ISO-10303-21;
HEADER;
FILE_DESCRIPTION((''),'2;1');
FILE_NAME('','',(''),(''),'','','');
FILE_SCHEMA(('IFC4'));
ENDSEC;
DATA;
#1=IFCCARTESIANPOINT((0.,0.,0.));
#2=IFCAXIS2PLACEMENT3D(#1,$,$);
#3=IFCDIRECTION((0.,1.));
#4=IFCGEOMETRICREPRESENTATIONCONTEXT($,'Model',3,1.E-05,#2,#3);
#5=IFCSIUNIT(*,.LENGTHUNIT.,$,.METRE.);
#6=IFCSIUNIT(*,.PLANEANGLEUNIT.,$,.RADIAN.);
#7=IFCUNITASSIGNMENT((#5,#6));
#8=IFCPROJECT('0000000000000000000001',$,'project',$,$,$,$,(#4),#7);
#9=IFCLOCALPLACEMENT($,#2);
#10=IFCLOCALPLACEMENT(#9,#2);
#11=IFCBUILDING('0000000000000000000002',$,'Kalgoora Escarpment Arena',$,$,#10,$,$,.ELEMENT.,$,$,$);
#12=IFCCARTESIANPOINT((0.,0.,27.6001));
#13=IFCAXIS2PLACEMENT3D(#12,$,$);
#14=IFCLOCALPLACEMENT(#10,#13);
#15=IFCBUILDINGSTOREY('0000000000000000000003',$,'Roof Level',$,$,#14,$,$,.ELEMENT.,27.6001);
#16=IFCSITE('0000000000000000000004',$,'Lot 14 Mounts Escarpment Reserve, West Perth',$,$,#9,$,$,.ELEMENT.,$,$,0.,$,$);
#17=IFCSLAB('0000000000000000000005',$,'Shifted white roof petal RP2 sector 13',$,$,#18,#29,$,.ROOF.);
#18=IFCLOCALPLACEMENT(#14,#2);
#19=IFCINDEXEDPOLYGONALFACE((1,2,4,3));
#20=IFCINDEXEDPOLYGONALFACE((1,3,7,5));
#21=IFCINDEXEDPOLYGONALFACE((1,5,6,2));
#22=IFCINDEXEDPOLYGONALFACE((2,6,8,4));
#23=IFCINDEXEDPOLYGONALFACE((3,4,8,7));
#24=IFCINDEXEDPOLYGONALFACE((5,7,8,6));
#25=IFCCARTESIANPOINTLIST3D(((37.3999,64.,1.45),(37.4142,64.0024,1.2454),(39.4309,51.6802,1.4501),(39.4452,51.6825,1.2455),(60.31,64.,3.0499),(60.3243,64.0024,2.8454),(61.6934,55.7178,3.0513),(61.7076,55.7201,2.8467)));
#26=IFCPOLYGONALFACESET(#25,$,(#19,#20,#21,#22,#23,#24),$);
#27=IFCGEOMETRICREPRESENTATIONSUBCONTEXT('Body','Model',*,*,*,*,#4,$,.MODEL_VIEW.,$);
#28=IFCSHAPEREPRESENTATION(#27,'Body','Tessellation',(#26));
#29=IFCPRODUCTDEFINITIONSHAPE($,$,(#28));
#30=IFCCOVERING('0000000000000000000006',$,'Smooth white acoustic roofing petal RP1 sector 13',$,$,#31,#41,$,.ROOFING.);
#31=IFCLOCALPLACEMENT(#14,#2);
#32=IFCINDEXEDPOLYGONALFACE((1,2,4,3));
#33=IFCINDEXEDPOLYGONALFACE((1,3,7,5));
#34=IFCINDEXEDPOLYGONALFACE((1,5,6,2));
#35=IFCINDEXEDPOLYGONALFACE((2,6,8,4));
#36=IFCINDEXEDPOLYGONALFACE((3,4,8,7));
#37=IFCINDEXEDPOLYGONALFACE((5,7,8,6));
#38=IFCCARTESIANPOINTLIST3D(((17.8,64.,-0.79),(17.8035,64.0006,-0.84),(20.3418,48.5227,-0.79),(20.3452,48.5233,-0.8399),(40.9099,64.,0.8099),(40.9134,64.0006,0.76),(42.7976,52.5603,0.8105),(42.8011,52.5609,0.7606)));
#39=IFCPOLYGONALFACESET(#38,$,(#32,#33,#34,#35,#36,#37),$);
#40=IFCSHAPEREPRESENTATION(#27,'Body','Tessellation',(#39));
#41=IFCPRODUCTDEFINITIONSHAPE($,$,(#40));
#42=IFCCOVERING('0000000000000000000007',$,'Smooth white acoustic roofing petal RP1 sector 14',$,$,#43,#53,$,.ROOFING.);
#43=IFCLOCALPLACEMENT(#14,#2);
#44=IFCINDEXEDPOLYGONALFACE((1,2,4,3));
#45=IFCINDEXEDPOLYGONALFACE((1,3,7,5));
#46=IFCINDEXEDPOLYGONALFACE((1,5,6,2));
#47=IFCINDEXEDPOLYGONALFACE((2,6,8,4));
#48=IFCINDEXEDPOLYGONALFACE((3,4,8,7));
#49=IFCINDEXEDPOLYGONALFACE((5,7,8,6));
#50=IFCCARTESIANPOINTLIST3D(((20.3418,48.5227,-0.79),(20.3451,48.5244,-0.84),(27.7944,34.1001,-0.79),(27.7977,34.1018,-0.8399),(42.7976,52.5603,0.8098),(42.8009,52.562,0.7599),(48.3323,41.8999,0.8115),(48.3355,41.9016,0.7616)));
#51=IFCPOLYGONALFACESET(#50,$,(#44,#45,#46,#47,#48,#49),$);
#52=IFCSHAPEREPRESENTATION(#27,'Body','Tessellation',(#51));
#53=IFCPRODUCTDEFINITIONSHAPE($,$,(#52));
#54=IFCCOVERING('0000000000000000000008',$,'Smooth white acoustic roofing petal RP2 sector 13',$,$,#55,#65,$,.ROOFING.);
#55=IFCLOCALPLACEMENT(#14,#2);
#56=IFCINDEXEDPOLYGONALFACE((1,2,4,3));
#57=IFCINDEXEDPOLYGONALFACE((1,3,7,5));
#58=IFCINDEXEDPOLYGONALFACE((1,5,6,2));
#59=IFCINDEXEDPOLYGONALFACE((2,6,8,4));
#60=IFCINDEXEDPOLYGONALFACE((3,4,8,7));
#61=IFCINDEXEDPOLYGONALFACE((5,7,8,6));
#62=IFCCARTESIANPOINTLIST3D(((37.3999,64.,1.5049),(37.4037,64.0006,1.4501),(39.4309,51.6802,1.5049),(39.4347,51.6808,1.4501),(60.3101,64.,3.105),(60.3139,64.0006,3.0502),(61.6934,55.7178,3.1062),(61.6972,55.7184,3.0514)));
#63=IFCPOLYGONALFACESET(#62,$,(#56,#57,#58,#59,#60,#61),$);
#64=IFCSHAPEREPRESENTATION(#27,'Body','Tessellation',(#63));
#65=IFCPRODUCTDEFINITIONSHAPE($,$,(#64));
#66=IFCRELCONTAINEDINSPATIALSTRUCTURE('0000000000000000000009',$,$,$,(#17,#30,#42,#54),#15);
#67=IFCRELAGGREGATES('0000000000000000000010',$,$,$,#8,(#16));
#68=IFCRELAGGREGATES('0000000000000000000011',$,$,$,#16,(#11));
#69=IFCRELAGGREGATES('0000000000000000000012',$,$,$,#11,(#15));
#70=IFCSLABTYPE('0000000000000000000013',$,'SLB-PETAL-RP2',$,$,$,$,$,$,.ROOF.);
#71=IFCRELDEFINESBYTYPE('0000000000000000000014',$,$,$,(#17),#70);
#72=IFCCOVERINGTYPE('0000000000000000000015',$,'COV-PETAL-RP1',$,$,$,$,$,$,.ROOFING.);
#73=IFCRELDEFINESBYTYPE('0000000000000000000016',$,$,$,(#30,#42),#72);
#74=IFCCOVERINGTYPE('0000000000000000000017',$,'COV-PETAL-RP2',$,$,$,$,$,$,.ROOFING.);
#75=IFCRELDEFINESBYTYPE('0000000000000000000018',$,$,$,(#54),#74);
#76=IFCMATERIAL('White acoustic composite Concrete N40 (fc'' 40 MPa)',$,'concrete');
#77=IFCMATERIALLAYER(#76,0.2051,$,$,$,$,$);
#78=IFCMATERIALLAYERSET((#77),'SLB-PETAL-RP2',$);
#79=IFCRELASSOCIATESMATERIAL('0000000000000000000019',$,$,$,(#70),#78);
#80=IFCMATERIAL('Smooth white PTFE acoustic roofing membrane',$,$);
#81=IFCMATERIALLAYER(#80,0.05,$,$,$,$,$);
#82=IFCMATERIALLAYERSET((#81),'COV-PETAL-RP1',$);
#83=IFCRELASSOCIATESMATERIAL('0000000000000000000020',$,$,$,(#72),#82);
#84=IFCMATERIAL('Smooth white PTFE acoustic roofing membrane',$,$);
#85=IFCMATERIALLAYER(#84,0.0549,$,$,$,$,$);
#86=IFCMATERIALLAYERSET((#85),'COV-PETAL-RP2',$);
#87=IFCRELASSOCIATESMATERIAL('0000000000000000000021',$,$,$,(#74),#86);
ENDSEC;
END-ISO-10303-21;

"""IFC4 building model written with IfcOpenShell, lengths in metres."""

from ifc_helpers import new_model, si_unit, direction, frame, origin, place, context, subcontext, project, spatial, polyline, outline, extrude, material, layer, layer_set, type_object, element, save


model = new_model("IFC4")

# Units and contexts
model_context = context("Model", 3, precision=1e-05, world=origin(), true_north=direction((0.0, 1.0)))
body_context = subcontext(model_context, "Body", "Model", "MODEL_VIEW")
ifc_project = project(units=[si_unit("LENGTHUNIT", "METRE"), si_unit("PLANEANGLEUNIT", "RADIAN")], contexts=[model_context])

# Site, building, storey
site_placement = place(None, origin())
site = spatial("IfcSite", under=ifc_project, at=site_placement, Name="Lot 14 Mounts Escarpment Reserve, West Perth", CompositionType="ELEMENT", RefElevation=0.0)
building_placement = place(site_placement, origin())
building = spatial("IfcBuilding", under=site, at=building_placement, Name="Kalgoora Escarpment Arena", CompositionType="ELEMENT")
storey_placement = place(building_placement, frame((0.0, 0.0, 27.6001)))
storey = spatial("IfcBuildingStorey", under=building, at=storey_placement, Name="Roof Level", CompositionType="ELEMENT", Elevation=27.6001)

# Slab
ifc_material_1 = material(Name="White acoustic composite Concrete N40 (fc' 40 MPa)", Category="concrete")
ifc_layer_1 = layer(ifc_material_1, 0.2051)
ifc_layer_set_1 = layer_set([ifc_layer_1], Name="SLB-PETAL-RP2")
slab_type_1 = type_object("IfcSlabType", Name="SLB-PETAL-RP2", PredefinedType="ROOF", material=ifc_layer_set_1)
slab_1_placement = place(storey_placement, frame((37.3999, 64.0, 1.45), z_axis=(-0.069663, -0.011474, 0.997505), x_axis=(0.16266, -0.986682, 0.00001)))
element("IfcSlab", 1, at=slab_1_placement, inside=storey, type_object=slab_type_1, Name="Shifted white roof petal RP2 sector 13", PredefinedType="ROOF", context=body_context, shape_type="SweptSolid", body=[
    extrude(outline(polyline([(0.0, 0.0), (12.4861, 0.0), (12.1235, 22.6793), (3.7266, 22.6616), (0.0, 0.0)])), origin(), (0.0, 0.0, -1.0), 0.2051),
])

# Coverings
ifc_material_2 = material(Name="Smooth white PTFE acoustic roofing membrane")
ifc_layer_2 = layer(ifc_material_2, 0.05)
ifc_layer_set_2 = layer_set([ifc_layer_2], Name="COV-PETAL-RP1")
covering_type_1 = type_object("IfcCoveringType", Name="COV-PETAL-RP1", PredefinedType="ROOFING", material=ifc_layer_set_2)
covering_1_placement = place(storey_placement, frame((17.8, 64.0, -0.79), z_axis=(-0.069061, -0.011338, 0.997548), x_axis=(0.162053, -0.986782, 0.000004)))
element("IfcCovering", 2, at=covering_1_placement, inside=storey, type_object=covering_type_1, Name="Smooth white acoustic roofing petal RP1 sector 13", PredefinedType="ROOFING", context=body_context, shape_type="SweptSolid", body=[
    extrude(outline(polyline([(0.0, 0.0), (15.6846, 0.0), (15.3394, 22.8694), (3.745, 22.8604), (0.0, 0.0)])), origin(), (0.0, 0.0, -1.0), 0.05),
])
covering_2_placement = place(storey_placement, frame((20.3418, 48.5227, -0.79), z_axis=(-0.065013, -0.033594, 0.997319), x_axis=(0.459067, -0.888402, 0.0)))
element("IfcCovering", 3, at=covering_2_placement, inside=storey, type_object=covering_type_1, Name="Smooth white acoustic roofing petal RP1 sector 14", PredefinedType="ROOFING", context=body_context, shape_type="SweptSolid", body=[
    extrude(outline(polyline([(0.0, 0.0), (16.2343, 0.0), (18.7332, 21.8852), (6.7217, 21.8619), (0.0, 0.0)])), origin(), (0.0, 0.0, -1.0), 0.05),
])
ifc_material_3 = material(Name="Smooth white PTFE acoustic roofing membrane")
ifc_layer_3 = layer(ifc_material_3, 0.0549)
ifc_layer_set_3 = layer_set([ifc_layer_3], Name="COV-PETAL-RP2")
covering_type_2 = type_object("IfcCoveringType", Name="COV-PETAL-RP2", PredefinedType="ROOFING", material=ifc_layer_set_3)
covering_3_placement = place(storey_placement, frame((37.3999, 64.0, 1.5049), z_axis=(-0.069667, -0.011487, 0.997504), x_axis=(0.162661, -0.986682, -0.000001)))
element("IfcCovering", 4, at=covering_3_placement, inside=storey, type_object=covering_type_2, Name="Smooth white acoustic roofing petal RP2 sector 13", PredefinedType="ROOFING", context=body_context, shape_type="SweptSolid", body=[
    extrude(outline(polyline([(0.0, 0.0), (12.4861, 0.0), (12.1235, 22.6793), (3.7266, 22.6616), (0.0, 0.0)])), origin(), (0.0, 0.0, -1.0), 0.0549),
])

save(model, "model.ifc")
